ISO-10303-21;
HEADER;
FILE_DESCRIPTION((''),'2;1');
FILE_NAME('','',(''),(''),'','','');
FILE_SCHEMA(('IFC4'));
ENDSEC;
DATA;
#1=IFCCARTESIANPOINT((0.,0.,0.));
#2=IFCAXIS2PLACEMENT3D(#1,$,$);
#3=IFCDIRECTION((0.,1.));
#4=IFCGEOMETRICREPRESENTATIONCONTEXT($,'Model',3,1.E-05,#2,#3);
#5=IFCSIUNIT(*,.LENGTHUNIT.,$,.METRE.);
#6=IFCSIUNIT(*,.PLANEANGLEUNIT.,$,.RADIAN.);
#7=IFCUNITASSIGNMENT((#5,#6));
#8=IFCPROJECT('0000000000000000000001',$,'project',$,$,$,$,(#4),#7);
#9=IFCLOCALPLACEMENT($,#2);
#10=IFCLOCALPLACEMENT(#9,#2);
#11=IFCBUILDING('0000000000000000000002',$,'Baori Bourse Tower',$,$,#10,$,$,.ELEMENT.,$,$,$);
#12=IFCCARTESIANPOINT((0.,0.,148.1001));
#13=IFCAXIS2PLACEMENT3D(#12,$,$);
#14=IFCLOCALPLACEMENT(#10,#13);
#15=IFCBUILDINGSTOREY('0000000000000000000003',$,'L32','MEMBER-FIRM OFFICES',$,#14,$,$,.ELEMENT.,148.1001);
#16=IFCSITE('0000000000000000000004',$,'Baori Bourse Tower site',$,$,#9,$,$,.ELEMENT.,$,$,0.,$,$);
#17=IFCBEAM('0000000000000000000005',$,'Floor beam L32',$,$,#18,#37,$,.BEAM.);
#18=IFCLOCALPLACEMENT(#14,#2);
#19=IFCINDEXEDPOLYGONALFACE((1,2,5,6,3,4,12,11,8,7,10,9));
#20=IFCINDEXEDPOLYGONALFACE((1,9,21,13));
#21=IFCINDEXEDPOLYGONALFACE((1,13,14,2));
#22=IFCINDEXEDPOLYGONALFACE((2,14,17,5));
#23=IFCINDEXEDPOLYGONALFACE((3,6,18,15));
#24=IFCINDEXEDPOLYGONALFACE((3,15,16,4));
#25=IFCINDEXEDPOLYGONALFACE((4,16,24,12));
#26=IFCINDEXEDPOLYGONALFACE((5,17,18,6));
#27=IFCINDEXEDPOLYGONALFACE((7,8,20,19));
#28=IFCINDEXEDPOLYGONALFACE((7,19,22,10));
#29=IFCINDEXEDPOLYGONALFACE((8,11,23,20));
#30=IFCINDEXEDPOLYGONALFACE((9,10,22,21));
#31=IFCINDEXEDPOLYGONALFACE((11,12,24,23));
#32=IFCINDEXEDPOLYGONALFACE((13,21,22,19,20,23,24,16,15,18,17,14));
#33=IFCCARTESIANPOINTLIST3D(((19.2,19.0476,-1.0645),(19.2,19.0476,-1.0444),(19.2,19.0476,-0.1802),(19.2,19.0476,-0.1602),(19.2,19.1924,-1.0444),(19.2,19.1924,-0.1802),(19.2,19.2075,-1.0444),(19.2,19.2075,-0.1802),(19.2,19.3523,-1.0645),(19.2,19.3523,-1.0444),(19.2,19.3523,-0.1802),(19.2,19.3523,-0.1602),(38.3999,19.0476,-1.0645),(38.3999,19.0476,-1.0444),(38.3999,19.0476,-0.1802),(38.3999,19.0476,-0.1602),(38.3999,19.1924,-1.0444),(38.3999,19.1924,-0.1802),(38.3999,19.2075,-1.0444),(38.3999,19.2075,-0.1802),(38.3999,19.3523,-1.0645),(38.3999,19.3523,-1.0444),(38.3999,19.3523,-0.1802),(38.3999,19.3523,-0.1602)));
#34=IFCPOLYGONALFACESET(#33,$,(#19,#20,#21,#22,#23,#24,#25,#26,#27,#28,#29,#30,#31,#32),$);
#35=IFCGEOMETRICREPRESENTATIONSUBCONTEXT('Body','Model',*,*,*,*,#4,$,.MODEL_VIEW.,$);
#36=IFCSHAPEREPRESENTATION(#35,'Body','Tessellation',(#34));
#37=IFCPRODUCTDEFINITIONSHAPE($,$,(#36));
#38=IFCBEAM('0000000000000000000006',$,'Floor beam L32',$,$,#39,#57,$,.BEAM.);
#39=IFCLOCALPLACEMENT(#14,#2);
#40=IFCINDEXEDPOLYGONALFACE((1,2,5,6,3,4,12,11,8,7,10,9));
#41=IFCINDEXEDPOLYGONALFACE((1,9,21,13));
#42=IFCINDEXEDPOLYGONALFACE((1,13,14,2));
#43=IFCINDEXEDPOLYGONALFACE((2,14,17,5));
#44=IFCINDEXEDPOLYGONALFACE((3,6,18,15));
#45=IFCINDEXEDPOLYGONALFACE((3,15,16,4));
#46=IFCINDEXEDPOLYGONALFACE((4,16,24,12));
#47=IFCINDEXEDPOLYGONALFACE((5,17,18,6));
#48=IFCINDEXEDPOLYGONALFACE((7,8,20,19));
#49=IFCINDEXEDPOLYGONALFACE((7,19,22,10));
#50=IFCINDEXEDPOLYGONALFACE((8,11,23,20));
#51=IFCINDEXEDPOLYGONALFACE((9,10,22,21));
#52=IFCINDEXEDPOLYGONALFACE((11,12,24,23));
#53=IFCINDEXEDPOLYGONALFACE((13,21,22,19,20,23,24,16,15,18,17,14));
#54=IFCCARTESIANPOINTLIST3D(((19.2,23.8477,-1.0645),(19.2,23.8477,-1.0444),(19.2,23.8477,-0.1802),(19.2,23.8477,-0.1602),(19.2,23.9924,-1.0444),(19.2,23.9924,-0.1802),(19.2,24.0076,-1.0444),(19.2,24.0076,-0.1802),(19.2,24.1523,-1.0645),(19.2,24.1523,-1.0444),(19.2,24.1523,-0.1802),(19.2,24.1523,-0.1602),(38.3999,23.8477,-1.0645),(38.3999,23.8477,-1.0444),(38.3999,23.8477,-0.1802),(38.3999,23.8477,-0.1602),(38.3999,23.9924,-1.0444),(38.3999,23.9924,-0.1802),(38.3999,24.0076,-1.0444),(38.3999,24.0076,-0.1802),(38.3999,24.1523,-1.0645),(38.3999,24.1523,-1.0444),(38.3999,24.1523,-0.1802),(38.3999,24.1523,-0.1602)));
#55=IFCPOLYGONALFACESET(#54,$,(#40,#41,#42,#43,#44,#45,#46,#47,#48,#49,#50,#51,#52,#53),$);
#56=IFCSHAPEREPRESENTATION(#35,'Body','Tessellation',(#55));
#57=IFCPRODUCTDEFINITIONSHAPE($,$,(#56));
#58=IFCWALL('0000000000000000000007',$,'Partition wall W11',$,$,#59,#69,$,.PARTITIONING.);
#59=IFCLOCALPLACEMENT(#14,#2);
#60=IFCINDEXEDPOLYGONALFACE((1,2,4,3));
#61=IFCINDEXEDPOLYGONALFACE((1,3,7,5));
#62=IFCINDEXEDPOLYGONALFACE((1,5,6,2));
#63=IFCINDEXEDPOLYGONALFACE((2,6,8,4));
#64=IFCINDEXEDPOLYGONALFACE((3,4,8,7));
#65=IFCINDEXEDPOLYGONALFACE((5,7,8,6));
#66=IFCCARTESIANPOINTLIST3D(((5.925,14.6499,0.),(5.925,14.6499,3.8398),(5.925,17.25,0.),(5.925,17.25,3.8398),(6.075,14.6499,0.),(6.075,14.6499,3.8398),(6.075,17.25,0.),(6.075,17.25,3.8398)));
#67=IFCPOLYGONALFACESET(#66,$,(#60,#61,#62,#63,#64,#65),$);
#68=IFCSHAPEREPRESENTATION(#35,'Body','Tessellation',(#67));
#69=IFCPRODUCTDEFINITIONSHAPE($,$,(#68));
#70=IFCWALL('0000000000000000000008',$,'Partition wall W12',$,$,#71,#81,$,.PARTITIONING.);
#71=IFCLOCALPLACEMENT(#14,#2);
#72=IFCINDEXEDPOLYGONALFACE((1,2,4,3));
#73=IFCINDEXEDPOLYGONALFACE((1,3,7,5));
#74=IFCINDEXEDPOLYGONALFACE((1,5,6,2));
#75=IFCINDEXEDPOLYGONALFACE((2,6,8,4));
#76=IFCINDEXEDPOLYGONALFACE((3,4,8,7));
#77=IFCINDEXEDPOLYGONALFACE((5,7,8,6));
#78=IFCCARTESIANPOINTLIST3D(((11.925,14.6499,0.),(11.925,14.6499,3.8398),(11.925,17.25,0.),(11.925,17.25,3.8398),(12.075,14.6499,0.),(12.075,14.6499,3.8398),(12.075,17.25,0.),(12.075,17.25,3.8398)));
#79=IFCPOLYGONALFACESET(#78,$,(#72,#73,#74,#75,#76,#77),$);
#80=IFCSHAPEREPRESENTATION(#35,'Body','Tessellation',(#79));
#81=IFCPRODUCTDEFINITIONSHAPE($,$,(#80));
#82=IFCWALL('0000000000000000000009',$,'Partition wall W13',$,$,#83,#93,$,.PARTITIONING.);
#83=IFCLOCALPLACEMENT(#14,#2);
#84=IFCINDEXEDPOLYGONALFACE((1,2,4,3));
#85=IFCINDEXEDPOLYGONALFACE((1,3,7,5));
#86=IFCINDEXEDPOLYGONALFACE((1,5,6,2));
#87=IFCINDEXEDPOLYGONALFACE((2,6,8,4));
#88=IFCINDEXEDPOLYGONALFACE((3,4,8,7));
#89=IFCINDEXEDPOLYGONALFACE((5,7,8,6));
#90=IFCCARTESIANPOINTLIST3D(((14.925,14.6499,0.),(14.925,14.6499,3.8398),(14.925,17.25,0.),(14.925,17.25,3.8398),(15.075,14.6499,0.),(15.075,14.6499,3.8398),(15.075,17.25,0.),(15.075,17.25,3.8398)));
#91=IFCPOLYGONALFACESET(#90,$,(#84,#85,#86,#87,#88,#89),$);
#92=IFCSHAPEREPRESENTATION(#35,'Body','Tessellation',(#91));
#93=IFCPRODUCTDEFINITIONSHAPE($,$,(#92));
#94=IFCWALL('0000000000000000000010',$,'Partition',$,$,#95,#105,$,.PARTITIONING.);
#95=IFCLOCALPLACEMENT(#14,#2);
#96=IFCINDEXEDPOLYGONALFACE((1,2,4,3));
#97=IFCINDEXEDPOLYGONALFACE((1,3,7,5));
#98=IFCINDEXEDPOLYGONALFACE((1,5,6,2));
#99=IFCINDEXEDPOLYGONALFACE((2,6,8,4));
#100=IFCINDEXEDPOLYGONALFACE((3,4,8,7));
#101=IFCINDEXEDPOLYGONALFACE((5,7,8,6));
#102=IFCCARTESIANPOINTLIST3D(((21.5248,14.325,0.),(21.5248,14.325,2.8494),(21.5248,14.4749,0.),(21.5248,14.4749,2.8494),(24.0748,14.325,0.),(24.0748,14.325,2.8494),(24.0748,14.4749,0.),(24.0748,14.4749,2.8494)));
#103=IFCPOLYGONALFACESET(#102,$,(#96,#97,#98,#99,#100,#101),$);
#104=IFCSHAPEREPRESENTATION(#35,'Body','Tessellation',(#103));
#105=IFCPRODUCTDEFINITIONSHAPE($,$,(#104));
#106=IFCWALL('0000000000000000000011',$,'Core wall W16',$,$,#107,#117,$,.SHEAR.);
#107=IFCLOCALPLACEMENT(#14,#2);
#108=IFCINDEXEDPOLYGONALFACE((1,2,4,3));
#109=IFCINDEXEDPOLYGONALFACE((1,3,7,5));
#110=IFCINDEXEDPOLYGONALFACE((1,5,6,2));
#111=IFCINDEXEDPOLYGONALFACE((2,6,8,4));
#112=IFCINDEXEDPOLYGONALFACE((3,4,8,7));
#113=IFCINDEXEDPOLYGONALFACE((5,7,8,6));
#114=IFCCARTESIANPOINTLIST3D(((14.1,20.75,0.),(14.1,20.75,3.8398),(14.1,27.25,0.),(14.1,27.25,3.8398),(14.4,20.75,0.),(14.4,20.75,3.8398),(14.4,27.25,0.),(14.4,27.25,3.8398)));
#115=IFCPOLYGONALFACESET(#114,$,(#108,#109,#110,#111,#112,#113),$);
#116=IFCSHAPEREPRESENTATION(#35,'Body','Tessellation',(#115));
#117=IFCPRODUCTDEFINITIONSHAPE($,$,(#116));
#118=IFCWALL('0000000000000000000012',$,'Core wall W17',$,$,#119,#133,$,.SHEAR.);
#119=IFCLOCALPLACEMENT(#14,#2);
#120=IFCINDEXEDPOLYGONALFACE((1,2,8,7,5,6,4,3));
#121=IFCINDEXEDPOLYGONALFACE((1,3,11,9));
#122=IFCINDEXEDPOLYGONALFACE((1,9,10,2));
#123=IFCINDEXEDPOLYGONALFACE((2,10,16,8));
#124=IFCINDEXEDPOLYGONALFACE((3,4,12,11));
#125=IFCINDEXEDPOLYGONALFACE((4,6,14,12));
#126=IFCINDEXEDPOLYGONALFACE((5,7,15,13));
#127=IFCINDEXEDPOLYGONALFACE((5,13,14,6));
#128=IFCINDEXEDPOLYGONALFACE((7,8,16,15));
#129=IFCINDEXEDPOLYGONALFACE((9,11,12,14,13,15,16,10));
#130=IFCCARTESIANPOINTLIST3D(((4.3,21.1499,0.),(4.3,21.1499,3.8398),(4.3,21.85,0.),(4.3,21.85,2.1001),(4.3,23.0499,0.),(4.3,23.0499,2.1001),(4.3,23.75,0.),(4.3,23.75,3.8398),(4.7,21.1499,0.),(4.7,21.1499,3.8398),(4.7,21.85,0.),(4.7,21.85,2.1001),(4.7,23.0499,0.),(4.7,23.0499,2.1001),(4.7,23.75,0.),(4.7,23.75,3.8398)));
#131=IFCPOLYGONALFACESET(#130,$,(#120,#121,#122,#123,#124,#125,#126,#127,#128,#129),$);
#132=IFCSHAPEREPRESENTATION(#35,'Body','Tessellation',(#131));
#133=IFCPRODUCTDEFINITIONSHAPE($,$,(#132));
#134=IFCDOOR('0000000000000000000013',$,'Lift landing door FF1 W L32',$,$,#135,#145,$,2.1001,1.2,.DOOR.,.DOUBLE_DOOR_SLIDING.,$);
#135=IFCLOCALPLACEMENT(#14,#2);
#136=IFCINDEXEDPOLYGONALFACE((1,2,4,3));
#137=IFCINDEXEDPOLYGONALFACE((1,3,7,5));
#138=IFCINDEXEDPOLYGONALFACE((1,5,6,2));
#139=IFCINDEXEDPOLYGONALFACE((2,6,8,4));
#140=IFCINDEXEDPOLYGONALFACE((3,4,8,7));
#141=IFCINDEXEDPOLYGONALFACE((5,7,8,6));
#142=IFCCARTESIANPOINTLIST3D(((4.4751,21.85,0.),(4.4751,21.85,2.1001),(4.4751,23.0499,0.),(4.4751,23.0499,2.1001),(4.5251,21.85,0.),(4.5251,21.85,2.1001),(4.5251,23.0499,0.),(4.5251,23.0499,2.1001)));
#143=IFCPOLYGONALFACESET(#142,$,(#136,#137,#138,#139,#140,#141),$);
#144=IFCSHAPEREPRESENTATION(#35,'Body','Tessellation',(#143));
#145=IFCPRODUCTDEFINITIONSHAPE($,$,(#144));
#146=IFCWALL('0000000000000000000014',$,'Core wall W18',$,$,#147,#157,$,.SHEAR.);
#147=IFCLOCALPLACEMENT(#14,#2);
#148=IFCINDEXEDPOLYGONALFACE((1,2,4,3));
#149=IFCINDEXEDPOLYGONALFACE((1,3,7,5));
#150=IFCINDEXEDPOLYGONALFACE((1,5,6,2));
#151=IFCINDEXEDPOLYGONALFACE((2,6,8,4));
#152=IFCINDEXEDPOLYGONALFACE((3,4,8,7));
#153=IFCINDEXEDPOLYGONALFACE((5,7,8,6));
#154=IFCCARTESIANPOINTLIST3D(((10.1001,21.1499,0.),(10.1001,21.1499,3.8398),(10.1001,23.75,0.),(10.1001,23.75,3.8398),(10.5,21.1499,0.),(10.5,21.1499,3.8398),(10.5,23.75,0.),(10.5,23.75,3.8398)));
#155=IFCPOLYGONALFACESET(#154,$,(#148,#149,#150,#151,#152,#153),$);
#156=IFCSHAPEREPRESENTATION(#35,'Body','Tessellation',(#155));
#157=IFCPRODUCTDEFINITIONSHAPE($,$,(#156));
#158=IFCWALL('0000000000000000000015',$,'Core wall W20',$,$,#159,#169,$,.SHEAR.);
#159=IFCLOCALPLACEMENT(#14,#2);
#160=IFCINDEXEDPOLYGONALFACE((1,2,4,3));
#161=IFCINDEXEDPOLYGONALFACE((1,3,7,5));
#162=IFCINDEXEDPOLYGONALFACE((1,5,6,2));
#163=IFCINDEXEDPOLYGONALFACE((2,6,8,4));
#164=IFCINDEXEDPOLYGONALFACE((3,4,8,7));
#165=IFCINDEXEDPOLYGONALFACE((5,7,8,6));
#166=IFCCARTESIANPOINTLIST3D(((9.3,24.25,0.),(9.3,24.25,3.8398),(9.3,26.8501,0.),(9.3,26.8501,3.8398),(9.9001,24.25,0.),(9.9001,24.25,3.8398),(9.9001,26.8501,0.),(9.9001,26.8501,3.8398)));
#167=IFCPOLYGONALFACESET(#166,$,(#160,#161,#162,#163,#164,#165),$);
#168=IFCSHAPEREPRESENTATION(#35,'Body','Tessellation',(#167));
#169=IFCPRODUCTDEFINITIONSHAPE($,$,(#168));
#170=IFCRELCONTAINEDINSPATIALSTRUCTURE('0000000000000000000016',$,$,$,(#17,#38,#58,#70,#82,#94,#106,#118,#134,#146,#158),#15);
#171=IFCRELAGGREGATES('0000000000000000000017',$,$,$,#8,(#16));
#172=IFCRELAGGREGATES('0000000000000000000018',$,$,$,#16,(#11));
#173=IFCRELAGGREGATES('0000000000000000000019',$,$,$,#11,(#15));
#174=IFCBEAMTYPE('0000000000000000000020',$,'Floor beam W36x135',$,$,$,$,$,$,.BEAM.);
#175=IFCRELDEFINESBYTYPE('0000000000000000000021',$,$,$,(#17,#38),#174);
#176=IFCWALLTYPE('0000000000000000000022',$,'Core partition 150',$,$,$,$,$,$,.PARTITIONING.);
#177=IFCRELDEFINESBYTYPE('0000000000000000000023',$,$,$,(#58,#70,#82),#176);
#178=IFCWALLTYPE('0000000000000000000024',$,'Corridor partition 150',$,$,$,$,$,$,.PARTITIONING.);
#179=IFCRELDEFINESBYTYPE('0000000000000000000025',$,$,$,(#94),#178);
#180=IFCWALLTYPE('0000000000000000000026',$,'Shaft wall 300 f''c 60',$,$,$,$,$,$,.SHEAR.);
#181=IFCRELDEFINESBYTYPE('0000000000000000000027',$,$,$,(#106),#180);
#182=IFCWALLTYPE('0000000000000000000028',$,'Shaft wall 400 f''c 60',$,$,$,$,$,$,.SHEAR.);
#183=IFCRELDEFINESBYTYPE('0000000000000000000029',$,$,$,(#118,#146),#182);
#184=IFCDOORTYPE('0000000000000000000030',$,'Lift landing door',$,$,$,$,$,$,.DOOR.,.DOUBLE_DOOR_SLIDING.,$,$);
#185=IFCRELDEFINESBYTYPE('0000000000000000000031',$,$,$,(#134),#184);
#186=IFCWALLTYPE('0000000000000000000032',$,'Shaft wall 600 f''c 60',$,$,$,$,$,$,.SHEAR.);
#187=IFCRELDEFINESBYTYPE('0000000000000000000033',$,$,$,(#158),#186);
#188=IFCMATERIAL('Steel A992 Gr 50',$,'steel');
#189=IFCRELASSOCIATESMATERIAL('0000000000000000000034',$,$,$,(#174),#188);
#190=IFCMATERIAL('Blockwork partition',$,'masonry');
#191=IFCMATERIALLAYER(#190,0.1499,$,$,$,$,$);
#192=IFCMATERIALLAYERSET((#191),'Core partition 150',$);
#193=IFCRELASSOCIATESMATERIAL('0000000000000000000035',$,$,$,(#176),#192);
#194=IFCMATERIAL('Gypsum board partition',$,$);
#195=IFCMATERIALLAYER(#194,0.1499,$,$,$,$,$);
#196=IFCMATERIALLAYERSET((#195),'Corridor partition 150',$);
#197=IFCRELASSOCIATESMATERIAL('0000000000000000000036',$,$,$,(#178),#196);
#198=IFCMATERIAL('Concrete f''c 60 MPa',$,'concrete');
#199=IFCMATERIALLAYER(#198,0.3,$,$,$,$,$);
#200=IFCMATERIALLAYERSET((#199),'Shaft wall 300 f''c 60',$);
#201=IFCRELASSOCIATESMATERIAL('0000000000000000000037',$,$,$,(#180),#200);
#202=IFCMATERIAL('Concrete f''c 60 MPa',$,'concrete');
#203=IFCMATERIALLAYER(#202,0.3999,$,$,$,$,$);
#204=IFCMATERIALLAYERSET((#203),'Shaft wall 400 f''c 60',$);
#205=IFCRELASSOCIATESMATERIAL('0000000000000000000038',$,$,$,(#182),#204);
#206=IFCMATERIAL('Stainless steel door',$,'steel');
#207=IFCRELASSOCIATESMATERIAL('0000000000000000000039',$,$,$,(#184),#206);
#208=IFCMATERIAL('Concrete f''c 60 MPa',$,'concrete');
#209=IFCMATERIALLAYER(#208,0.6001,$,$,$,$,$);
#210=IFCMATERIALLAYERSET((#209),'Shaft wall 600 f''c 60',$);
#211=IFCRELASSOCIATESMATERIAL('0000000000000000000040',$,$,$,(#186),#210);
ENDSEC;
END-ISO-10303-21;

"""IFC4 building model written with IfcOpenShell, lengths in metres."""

from ifc_helpers import new_model, si_unit, direction, frame, frame_2d, origin, origin_2d, place, context, subcontext, project, spatial, rectangle, i_section, extrude, material, layer, layer_set, material_profile, profile_set, type_object, element, fill, save


model = new_model("IFC4")

# Units and contexts
model_context = context("Model", 3, precision=1e-05, world=origin(), true_north=direction((0.0, 1.0)))
body_context = subcontext(model_context, "Body", "Model", "MODEL_VIEW")
ifc_project = project(units=[si_unit("LENGTHUNIT", "METRE"), si_unit("PLANEANGLEUNIT", "RADIAN")], contexts=[model_context])

# Site, building, storey
site_placement = place(None, origin())
site = spatial("IfcSite", under=ifc_project, at=site_placement, Name="Baori Bourse Tower site", CompositionType="ELEMENT", RefElevation=0.0)
building_placement = place(site_placement, origin())
building = spatial("IfcBuilding", under=site, at=building_placement, Name="Baori Bourse Tower", CompositionType="ELEMENT")
storey_placement = place(building_placement, frame((0.0, 0.0, 148.1001)))
storey = spatial("IfcBuildingStorey", under=building, at=storey_placement, Name="L32", Description="MEMBER-FIRM OFFICES", CompositionType="ELEMENT", Elevation=148.1001)

# Beams
ifc_material_1 = material(Name="Steel A992 Gr 50", Category="steel")
ifc_material_profile = material_profile(ifc_material_1, i_section(OverallWidth=0.3047, OverallDepth=0.9043, WebThickness=0.0151, FlangeThickness=0.02, at=origin_2d()), Name="W36x135")
ifc_profile_set = profile_set([ifc_material_profile], Name="Steel A992 Gr 50")
beam_type = type_object("IfcBeamType", Name="Floor beam W36x135", PredefinedType="BEAM", material=ifc_profile_set)
for number, where, z_axis, x_axis, name in (
    (1, (19.2, 19.2, -0.6123), (1.0, 0.0, 0.0), (0.0, 1.0, 0.0), "Floor beam L32"),
    (2, (19.2, 24.0, -0.6123), (1.0, 0.0, 0.0), (0.0, 1.0, 0.0), "Floor beam L32"),
):
    element("IfcBeam", number, at=place(storey_placement, frame(where, z_axis=z_axis, x_axis=x_axis)), inside=storey, type_object=beam_type, Name=name, PredefinedType="BEAM", context=body_context, shape_type="SweptSolid", body=[
        extrude(i_section(OverallWidth=0.3047, OverallDepth=0.9043, WebThickness=0.0151, FlangeThickness=0.02, at=origin_2d()), origin(), (0.0, 0.0, 1.0), 19.2),
    ])

# Walls
ifc_material_2 = material(Name="Blockwork partition", Category="masonry")
ifc_layer_1 = layer(ifc_material_2, 0.1499)
ifc_layer_set_1 = layer_set([ifc_layer_1], Name="Core partition 150")
wall_type_1 = type_object("IfcWallType", Name="Core partition 150", PredefinedType="PARTITIONING", material=ifc_layer_set_1)
for number, where, z_axis, x_axis, name in (
    (3, (6.0, 14.6499, 0.0), (0.0, 0.0, 1.0), (0.0, 1.0, 0.0), "Partition wall W11"),
    (4, (12.0, 14.6499, 0.0), (0.0, 0.0, 1.0), (0.0, 1.0, 0.0), "Partition wall W12"),
    (5, (15.0, 14.6499, 0.0), (0.0, 0.0, 1.0), (0.0, 1.0, 0.0), "Partition wall W13"),
):
    element("IfcWall", number, at=place(storey_placement, frame(where, z_axis=z_axis, x_axis=x_axis)), inside=storey, type_object=wall_type_1, Name=name, PredefinedType="PARTITIONING", context=body_context, shape_type="SweptSolid", body=[
        extrude(rectangle(XDim=2.6001, YDim=0.1499, at=frame_2d((1.3, 0.0))), origin(), (0.0, 0.0, 1.0), 3.8398),
    ])
ifc_material_3 = material(Name="Gypsum board partition")
ifc_layer_2 = layer(ifc_material_3, 0.1499)
ifc_layer_set_2 = layer_set([ifc_layer_2], Name="Corridor partition 150")
wall_type_2 = type_object("IfcWallType", Name="Corridor partition 150", PredefinedType="PARTITIONING", material=ifc_layer_set_2)
wall_1_placement = place(storey_placement, frame((21.5249, 14.3999, 0.0), z_axis=(0.0, 0.0, 1.0), x_axis=(1.0, 0.0, 0.0)))
element("IfcWall", 6, at=wall_1_placement, inside=storey, type_object=wall_type_2, Name="Partition", PredefinedType="PARTITIONING", context=body_context, shape_type="SweptSolid", body=[
    extrude(rectangle(XDim=2.55, YDim=0.1499, at=frame_2d((1.2749, 0.0))), origin(), (0.0, 0.0, 1.0), 2.8494),
])
ifc_material_4 = material(Name="Concrete f'c 60 MPa", Category="concrete")
ifc_layer_3 = layer(ifc_material_4, 0.3)
ifc_layer_set_3 = layer_set([ifc_layer_3], Name="Shaft wall 300 f'c 60")
wall_type_3 = type_object("IfcWallType", Name="Shaft wall 300 f'c 60", PredefinedType="SHEAR", material=ifc_layer_set_3)
wall_2_placement = place(storey_placement, frame((14.25, 20.75, 0.0), z_axis=(0.0, 0.0, 1.0), x_axis=(0.0, 1.0, 0.0)))
element("IfcWall", 7, at=wall_2_placement, inside=storey, type_object=wall_type_3, Name="Core wall W16", PredefinedType="SHEAR", context=body_context, shape_type="SweptSolid", body=[
    extrude(rectangle(XDim=6.5, YDim=0.3, at=frame_2d((3.25, 0.0))), origin(), (0.0, 0.0, 1.0), 3.8398),
])

# Wall, opening, door
ifc_material_5 = material(Name="Concrete f'c 60 MPa", Category="concrete")
ifc_layer_4 = layer(ifc_material_5, 0.3999)
ifc_layer_set_4 = layer_set([ifc_layer_4], Name="Shaft wall 400 f'c 60")
wall_type_4 = type_object("IfcWallType", Name="Shaft wall 400 f'c 60", PredefinedType="SHEAR", material=ifc_layer_set_4)
wall_3_placement = place(storey_placement, frame((4.5, 21.1499, 0.0), z_axis=(0.0, 0.0, 1.0), x_axis=(0.0, 1.0, 0.0)))
wall_3 = element("IfcWall", 8, at=wall_3_placement, inside=storey, type_object=wall_type_4, Name="Core wall W17", PredefinedType="SHEAR", context=body_context, shape_type="SweptSolid", body=[
    extrude(rectangle(XDim=2.6001, YDim=0.3999, at=frame_2d((1.3, 0.0))), origin(), (0.0, 0.0, 1.0), 3.8398),
])
opening_placement = place(wall_3_placement, frame((0.7, 0.0, 0.0)))
opening = element("IfcOpeningElement", 9, at=opening_placement, cuts=wall_3, PredefinedType="OPENING", context=body_context, shape_type="SweptSolid", body=[
    extrude(rectangle(XDim=1.2, YDim=2.1001, at=frame_2d((0.6001, 1.05))), frame((0.0, 0.21, 0.0), z_axis=(0.0, -1.0, 0.0), x_axis=(1.0, 0.0, 0.0)), (0.0, 0.0, 1.0), 0.4199),
])
ifc_material_6 = material(Name="Stainless steel door", Category="steel")
door_type = type_object("IfcDoorType", Name="Lift landing door", OperationType="DOUBLE_DOOR_SLIDING", PredefinedType="DOOR", material=ifc_material_6)
door_placement = place(opening_placement, origin())
door = element("IfcDoor", 10, at=door_placement, inside=storey, type_object=door_type, Name="Lift landing door FF1 W L32", OperationType="DOUBLE_DOOR_SLIDING", OverallHeight=2.1001, OverallWidth=1.2, PredefinedType="DOOR", context=body_context, shape_type="SweptSolid", body=[
    extrude(rectangle(XDim=1.2, YDim=2.1001, at=frame_2d((0.6001, 1.05))), frame((0.0, 0.0249, 0.0), z_axis=(0.0, -1.0, 0.0), x_axis=(1.0, 0.0, 0.0)), (0.0, 0.0, 1.0), 0.05),
])
fill(opening, door)

# Walls
wall_4_placement = place(storey_placement, frame((10.3, 21.1499, 0.0), z_axis=(0.0, 0.0, 1.0), x_axis=(0.0, 1.0, 0.0)))
element("IfcWall", 11, at=wall_4_placement, inside=storey, type_object=wall_type_4, Name="Core wall W18", PredefinedType="SHEAR", context=body_context, shape_type="SweptSolid", body=[
    extrude(rectangle(XDim=2.6001, YDim=0.3999, at=frame_2d((1.3, 0.0))), origin(), (0.0, 0.0, 1.0), 3.8398),
])
ifc_material_7 = material(Name="Concrete f'c 60 MPa", Category="concrete")
ifc_layer_5 = layer(ifc_material_7, 0.6001)
ifc_layer_set_5 = layer_set([ifc_layer_5], Name="Shaft wall 600 f'c 60")
wall_type_5 = type_object("IfcWallType", Name="Shaft wall 600 f'c 60", PredefinedType="SHEAR", material=ifc_layer_set_5)
wall_5_placement = place(storey_placement, frame((9.6001, 24.25, 0.0), z_axis=(0.0, 0.0, 1.0), x_axis=(0.0, 1.0, 0.0)))
element("IfcWall", 12, at=wall_5_placement, inside=storey, type_object=wall_type_5, Name="Core wall W20", PredefinedType="SHEAR", context=body_context, shape_type="SweptSolid", body=[
    extrude(rectangle(XDim=2.6001, YDim=0.6001, at=frame_2d((1.3, 0.0))), origin(), (0.0, 0.0, 1.0), 3.8398),
])

save(model, "model.ifc")
